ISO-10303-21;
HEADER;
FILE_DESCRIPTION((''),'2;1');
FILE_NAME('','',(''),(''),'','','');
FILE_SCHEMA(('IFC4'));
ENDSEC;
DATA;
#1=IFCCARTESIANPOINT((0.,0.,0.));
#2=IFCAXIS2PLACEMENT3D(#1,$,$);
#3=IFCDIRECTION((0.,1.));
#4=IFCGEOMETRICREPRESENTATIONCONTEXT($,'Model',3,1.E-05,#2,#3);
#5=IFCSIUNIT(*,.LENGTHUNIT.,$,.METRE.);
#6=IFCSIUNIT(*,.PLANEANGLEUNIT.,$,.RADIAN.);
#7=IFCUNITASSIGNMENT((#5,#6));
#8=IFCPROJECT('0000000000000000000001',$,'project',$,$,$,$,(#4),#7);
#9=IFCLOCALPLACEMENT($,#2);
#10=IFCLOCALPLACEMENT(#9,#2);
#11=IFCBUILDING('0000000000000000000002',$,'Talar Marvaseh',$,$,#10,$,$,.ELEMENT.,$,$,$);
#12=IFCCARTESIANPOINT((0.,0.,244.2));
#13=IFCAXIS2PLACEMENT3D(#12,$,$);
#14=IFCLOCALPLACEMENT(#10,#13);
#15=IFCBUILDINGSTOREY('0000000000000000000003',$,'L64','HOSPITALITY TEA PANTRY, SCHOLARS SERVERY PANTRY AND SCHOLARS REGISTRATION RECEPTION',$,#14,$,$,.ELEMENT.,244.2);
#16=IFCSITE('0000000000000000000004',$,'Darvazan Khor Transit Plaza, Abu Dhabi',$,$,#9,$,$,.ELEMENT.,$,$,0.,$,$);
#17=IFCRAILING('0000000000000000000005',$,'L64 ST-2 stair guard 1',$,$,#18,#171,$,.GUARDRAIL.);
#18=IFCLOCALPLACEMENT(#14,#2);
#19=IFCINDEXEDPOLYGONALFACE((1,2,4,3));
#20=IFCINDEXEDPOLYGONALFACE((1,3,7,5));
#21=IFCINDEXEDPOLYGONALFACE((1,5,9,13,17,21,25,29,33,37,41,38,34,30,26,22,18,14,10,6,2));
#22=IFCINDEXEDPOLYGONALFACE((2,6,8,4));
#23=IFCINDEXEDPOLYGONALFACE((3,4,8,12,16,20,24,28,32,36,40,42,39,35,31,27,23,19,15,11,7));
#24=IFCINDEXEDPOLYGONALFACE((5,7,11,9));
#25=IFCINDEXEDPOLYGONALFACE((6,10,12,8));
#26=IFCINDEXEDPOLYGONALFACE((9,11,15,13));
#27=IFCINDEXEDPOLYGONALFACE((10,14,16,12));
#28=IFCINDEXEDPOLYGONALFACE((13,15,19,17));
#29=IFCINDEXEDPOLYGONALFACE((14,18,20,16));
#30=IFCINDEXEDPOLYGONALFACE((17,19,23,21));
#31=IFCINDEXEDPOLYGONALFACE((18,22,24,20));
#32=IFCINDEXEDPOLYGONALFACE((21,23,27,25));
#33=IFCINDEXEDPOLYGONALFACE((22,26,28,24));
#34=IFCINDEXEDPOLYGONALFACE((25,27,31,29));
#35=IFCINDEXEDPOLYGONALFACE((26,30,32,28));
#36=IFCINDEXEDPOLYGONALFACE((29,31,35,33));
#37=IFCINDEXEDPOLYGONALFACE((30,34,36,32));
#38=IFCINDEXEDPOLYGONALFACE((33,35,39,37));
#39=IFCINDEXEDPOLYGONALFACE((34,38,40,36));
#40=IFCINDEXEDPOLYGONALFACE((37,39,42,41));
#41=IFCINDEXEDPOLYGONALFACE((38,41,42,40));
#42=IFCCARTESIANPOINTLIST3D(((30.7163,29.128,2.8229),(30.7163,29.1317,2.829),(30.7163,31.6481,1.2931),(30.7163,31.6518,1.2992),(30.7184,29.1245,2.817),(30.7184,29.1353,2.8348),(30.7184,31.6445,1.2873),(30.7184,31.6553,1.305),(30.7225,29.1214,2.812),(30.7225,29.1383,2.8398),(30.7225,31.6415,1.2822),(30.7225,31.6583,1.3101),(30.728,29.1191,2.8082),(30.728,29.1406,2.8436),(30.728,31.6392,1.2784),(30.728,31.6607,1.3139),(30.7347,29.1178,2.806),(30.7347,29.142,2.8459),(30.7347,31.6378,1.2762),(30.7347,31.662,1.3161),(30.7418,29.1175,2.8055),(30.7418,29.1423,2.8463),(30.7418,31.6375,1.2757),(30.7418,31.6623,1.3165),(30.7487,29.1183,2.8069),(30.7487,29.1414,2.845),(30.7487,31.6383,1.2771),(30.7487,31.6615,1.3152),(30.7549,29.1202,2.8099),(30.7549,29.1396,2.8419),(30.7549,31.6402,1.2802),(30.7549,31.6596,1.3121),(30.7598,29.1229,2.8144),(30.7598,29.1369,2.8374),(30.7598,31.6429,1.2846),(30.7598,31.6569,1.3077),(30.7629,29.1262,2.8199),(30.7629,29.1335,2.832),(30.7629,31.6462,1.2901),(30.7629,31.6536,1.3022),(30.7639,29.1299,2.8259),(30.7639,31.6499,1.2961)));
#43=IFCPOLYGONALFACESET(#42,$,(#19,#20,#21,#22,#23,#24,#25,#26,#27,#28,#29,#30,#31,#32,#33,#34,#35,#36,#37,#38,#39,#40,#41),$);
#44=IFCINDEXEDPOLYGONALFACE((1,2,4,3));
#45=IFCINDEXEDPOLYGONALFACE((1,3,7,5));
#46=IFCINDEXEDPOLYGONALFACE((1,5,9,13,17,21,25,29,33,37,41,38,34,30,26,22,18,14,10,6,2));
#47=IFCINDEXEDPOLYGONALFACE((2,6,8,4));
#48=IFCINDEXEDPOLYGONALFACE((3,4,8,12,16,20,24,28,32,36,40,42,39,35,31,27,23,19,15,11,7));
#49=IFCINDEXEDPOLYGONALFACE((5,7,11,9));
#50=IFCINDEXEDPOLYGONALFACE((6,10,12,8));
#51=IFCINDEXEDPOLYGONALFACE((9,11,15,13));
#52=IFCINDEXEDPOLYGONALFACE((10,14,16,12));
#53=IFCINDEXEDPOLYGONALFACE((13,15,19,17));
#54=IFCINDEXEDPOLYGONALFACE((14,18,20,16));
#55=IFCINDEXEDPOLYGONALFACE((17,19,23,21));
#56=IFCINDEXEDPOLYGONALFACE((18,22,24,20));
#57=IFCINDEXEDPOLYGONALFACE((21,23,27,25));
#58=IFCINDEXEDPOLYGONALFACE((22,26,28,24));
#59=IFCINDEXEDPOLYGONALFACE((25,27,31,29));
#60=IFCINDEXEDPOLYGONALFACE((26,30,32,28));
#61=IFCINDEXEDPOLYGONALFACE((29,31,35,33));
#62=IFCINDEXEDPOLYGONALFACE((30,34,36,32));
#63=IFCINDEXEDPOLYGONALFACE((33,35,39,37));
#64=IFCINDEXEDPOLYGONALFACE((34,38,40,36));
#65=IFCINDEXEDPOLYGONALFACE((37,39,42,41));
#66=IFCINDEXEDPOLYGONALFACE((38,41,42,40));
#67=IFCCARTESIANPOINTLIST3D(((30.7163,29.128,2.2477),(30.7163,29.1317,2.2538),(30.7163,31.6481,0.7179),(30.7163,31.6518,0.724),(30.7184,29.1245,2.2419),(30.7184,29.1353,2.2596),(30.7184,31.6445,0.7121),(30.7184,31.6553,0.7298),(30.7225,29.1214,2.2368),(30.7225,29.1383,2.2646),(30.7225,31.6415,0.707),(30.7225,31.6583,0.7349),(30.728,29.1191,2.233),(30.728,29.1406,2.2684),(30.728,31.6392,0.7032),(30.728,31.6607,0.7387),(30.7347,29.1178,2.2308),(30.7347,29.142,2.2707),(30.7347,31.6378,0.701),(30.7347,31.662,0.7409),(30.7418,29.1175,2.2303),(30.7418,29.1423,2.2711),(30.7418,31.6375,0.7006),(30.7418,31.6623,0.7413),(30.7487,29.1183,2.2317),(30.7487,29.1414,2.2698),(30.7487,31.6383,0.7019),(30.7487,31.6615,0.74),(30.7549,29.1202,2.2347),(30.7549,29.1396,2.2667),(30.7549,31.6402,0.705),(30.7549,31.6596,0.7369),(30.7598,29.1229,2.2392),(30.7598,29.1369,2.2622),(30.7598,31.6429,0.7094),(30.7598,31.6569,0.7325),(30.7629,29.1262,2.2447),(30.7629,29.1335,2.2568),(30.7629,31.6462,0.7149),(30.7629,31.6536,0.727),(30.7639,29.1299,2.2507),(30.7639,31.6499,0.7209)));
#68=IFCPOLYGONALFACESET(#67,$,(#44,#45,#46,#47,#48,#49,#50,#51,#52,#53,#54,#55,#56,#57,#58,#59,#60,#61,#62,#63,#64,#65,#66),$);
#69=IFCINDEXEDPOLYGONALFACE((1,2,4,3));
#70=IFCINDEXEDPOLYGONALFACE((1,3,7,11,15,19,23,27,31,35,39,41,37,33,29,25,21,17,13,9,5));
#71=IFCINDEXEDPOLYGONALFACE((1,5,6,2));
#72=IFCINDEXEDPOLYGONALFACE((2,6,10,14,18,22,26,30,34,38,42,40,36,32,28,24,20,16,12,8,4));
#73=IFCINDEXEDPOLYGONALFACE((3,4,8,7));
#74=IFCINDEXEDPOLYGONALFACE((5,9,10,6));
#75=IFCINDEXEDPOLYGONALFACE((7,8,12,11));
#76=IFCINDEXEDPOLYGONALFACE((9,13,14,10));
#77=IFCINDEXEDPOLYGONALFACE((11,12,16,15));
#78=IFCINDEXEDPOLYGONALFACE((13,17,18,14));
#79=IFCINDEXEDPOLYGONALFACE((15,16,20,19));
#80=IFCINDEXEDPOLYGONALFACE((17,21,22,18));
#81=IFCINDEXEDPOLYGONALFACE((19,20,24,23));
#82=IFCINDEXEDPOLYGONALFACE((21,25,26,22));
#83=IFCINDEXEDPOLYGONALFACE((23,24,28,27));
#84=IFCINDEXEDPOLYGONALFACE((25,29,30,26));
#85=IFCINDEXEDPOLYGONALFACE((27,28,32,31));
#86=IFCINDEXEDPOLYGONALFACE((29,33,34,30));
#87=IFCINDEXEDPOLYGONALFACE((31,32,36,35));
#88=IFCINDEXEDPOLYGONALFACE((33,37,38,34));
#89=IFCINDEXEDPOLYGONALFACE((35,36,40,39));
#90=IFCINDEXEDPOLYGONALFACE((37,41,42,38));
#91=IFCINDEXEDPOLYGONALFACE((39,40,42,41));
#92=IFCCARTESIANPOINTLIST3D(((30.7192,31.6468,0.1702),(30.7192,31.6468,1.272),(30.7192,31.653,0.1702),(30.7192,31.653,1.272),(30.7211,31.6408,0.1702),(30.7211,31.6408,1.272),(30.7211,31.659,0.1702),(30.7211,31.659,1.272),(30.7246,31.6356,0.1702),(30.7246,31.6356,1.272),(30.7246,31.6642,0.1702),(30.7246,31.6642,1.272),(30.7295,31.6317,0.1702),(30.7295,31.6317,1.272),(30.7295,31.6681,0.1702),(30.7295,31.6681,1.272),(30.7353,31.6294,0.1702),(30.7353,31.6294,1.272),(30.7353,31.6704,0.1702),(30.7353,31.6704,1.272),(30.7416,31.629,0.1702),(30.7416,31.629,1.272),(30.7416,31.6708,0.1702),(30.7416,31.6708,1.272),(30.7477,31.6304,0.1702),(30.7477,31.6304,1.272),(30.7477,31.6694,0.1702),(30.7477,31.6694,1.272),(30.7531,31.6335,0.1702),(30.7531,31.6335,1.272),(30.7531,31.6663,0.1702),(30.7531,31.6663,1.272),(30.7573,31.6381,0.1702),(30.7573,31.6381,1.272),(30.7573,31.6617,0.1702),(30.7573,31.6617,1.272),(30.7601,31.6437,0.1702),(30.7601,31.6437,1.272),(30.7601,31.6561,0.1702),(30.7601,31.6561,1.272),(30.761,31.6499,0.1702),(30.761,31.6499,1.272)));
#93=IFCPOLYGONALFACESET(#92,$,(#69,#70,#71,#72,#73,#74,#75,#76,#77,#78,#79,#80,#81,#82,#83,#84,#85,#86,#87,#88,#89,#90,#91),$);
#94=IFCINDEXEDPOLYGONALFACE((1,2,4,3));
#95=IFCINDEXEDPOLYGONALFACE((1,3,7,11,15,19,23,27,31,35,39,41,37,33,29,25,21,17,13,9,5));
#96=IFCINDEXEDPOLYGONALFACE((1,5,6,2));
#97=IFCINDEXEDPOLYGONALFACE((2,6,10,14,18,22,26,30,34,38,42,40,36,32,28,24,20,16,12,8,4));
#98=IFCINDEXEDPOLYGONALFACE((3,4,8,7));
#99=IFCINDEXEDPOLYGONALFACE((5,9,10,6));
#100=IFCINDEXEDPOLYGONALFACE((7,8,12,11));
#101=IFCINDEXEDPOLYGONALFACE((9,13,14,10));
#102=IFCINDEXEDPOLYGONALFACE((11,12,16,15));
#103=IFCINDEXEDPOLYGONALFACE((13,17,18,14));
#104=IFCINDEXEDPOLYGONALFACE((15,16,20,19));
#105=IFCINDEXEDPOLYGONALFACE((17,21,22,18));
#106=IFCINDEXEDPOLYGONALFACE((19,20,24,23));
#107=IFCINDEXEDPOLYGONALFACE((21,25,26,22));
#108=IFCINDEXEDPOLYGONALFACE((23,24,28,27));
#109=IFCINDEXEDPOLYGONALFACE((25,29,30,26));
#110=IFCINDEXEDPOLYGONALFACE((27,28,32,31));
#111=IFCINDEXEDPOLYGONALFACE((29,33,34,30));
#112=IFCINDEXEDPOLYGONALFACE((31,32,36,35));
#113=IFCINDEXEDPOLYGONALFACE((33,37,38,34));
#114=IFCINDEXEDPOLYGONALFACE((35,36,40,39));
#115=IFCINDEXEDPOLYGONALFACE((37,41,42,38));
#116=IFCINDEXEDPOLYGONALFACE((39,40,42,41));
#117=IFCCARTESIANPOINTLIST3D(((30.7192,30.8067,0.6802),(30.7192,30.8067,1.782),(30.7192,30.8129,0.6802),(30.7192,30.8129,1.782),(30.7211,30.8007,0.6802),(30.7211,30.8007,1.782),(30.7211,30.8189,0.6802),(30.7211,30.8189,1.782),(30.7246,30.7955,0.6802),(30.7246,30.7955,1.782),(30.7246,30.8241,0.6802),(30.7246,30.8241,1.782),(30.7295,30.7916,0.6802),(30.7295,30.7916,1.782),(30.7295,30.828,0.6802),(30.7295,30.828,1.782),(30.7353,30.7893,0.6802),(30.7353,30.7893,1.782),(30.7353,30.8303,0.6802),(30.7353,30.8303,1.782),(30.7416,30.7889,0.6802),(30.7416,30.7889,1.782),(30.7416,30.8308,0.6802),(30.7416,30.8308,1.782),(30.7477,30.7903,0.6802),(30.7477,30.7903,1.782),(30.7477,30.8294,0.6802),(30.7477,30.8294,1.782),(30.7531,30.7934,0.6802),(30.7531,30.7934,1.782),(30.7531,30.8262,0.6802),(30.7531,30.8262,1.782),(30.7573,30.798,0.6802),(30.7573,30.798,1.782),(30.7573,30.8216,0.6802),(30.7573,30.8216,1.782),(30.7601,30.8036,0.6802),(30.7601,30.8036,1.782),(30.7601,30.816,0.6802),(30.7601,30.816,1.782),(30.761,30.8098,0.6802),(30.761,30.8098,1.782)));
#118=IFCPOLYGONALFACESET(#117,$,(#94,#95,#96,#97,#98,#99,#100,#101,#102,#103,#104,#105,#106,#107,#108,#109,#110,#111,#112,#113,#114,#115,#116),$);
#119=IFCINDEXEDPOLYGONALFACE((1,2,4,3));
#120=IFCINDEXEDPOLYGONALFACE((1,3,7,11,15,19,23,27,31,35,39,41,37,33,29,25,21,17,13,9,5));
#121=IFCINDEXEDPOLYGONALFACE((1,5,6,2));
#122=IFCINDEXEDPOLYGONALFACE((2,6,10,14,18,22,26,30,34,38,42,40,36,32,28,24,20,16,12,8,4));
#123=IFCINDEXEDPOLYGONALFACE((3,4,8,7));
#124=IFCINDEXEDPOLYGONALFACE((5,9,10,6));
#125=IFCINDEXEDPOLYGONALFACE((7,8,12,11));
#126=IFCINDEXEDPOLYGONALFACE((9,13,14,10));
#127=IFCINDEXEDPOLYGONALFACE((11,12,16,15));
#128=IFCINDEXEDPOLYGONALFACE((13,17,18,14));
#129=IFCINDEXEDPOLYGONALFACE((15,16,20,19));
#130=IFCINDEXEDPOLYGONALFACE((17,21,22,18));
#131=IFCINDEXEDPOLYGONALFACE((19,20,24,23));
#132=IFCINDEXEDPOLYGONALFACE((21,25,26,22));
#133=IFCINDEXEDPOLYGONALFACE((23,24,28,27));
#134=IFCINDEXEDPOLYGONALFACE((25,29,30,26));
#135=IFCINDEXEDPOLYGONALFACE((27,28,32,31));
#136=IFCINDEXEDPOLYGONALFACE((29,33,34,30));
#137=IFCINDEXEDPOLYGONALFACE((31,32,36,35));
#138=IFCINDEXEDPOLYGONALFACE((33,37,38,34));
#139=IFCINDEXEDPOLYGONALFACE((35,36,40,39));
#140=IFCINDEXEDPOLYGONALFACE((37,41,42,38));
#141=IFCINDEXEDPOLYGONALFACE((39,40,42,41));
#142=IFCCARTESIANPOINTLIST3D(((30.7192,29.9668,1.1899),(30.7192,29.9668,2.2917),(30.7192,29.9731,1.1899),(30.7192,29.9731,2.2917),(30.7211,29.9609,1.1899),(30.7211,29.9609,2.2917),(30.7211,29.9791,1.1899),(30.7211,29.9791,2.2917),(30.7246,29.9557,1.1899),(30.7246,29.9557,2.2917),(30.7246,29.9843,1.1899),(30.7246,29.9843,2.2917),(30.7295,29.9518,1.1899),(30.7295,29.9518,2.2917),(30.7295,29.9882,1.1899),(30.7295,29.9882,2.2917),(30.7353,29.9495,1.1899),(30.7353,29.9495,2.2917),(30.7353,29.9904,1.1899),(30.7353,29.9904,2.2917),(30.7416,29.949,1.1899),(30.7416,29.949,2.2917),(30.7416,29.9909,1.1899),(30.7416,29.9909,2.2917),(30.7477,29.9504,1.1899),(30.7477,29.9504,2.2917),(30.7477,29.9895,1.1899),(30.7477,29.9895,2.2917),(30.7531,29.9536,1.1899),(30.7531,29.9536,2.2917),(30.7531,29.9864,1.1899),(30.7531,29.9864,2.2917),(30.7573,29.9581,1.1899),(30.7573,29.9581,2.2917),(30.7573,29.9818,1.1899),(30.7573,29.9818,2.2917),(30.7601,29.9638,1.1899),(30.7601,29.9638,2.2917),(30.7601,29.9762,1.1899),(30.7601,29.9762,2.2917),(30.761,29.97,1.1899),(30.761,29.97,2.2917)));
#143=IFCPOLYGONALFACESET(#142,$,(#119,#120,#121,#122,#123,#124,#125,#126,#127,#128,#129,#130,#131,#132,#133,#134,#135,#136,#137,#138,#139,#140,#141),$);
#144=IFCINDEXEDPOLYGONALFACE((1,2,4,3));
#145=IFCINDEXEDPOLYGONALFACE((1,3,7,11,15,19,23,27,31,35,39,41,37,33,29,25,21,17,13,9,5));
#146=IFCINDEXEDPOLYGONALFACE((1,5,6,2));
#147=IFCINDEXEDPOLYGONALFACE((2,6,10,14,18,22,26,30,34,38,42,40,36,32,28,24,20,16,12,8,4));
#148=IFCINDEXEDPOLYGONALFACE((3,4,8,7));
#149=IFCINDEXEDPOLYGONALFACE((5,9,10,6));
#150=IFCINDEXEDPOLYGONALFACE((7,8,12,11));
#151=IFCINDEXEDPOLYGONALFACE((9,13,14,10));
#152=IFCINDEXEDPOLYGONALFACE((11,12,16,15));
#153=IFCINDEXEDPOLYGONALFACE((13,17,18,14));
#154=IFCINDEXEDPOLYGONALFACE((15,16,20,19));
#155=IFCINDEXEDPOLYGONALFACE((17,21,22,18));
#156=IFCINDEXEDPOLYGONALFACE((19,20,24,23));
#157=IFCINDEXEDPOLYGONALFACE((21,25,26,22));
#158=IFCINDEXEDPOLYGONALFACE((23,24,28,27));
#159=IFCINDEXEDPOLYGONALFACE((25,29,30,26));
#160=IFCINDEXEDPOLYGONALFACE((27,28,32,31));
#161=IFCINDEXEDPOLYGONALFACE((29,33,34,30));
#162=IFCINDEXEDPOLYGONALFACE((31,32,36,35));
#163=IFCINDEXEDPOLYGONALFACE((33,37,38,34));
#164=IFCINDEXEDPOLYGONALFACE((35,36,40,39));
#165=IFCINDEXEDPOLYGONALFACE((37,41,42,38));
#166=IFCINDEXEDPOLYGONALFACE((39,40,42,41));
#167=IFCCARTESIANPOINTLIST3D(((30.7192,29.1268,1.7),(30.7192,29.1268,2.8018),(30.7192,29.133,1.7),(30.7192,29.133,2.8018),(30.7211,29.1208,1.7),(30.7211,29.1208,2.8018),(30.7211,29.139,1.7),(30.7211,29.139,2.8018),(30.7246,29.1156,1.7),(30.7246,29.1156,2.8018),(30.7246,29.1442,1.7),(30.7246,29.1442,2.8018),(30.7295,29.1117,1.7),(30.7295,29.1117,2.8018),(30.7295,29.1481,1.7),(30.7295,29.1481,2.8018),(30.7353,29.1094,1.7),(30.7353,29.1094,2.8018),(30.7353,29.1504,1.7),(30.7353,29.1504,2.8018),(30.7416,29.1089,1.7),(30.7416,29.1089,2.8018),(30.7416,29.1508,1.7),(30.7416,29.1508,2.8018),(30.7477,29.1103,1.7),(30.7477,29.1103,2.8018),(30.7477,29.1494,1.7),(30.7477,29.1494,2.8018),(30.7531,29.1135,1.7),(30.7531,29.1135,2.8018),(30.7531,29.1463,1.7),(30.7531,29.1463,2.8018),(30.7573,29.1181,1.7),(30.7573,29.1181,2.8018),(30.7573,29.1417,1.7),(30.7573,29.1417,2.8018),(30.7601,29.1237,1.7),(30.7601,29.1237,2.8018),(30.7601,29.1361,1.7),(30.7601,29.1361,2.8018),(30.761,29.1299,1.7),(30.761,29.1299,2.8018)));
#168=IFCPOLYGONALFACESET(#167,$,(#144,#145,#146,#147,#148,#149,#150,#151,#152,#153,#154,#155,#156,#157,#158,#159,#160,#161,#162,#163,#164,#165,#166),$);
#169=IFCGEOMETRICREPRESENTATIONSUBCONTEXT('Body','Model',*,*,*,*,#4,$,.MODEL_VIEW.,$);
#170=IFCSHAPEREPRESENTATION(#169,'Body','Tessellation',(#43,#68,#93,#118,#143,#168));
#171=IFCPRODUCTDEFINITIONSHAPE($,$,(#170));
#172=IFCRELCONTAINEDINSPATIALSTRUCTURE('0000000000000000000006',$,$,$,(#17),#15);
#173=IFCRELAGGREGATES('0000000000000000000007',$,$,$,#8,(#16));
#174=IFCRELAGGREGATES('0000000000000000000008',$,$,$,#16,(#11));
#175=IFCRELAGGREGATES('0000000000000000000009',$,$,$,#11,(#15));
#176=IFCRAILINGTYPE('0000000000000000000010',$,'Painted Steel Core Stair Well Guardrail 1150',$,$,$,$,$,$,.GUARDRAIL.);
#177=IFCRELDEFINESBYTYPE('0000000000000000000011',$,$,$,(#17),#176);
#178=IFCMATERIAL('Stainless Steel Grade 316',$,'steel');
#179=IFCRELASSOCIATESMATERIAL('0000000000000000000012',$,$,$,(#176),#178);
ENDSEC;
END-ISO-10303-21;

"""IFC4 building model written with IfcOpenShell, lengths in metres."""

from ifc_helpers import new_model, si_unit, direction, frame, origin, origin_2d, place, context, subcontext, project, spatial, circle, extrude, material, type_object, element, save


model = new_model("IFC4")

# Units and contexts
model_context = context("Model", 3, precision=1e-05, world=origin(), true_north=direction((0.0, 1.0)))
body_context = subcontext(model_context, "Body", "Model", "MODEL_VIEW")
ifc_project = project(units=[si_unit("LENGTHUNIT", "METRE"), si_unit("PLANEANGLEUNIT", "RADIAN")], contexts=[model_context])

# Site, building, storey
site_placement = place(None, origin())
site = spatial("IfcSite", under=ifc_project, at=site_placement, Name="Darvazan Khor Transit Plaza, Abu Dhabi", CompositionType="ELEMENT", RefElevation=0.0)
building_placement = place(site_placement, origin())
building = spatial("IfcBuilding", under=site, at=building_placement, Name="Talar Marvaseh", CompositionType="ELEMENT")
storey_placement = place(building_placement, frame((0.0, 0.0, 244.2)))
storey = spatial("IfcBuildingStorey", under=building, at=storey_placement, Name="L64", Description="HOSPITALITY TEA PANTRY, SCHOLARS SERVERY PANTRY AND SCHOLARS REGISTRATION RECEPTION", CompositionType="ELEMENT", Elevation=244.2)

# Shared definitions
ifc_material_1 = material(Name="Stainless Steel Grade 316", Category="steel")

# Railing
railing_type_1 = type_object("IfcRailingType", Name="Painted Steel Core Stair Well Guardrail 1150", PredefinedType="GUARDRAIL", material=ifc_material_1)
railing_1_placement = place(storey_placement, frame((30.74, 31.6499, 0.1702)))
element("IfcRailing", 1, at=railing_1_placement, inside=storey, type_object=railing_type_1, Name="L64 ST-2 stair guard 1", PredefinedType="GUARDRAIL", context=body_context, shape_type="SweptSolid", body=[
    extrude(circle(Radius=0.0239, at=origin_2d()), frame((0.0, 0.0, 1.126), z_axis=(0.0, -0.854822, 0.518922), x_axis=(1.0, 0.0, 0.0)), (0.0, 0.0, 1.0), 2.948),
    extrude(circle(Radius=0.0239, at=origin_2d()), frame((0.0, 0.0, 0.5508), z_axis=(0.0, -0.854822, 0.518922), x_axis=(1.0, 0.0, 0.0)), (0.0, 0.0, 1.0), 2.948),
    extrude(circle(Radius=0.021, at=origin_2d()), origin(), (0.0, 0.0, 1.0), 1.1018),
    extrude(circle(Radius=0.021, at=origin_2d()), frame((0.0, -0.8401, 0.51)), (0.0, 0.0, 1.0), 1.1018),
    extrude(circle(Radius=0.021, at=origin_2d()), frame((0.0, -1.6799, 1.0198)), (0.0, 0.0, 1.0), 1.1018),
    extrude(circle(Radius=0.021, at=origin_2d()), frame((0.0, -2.52, 1.5298)), (0.0, 0.0, 1.0), 1.1018),
])

save(model, "model.ifc")
